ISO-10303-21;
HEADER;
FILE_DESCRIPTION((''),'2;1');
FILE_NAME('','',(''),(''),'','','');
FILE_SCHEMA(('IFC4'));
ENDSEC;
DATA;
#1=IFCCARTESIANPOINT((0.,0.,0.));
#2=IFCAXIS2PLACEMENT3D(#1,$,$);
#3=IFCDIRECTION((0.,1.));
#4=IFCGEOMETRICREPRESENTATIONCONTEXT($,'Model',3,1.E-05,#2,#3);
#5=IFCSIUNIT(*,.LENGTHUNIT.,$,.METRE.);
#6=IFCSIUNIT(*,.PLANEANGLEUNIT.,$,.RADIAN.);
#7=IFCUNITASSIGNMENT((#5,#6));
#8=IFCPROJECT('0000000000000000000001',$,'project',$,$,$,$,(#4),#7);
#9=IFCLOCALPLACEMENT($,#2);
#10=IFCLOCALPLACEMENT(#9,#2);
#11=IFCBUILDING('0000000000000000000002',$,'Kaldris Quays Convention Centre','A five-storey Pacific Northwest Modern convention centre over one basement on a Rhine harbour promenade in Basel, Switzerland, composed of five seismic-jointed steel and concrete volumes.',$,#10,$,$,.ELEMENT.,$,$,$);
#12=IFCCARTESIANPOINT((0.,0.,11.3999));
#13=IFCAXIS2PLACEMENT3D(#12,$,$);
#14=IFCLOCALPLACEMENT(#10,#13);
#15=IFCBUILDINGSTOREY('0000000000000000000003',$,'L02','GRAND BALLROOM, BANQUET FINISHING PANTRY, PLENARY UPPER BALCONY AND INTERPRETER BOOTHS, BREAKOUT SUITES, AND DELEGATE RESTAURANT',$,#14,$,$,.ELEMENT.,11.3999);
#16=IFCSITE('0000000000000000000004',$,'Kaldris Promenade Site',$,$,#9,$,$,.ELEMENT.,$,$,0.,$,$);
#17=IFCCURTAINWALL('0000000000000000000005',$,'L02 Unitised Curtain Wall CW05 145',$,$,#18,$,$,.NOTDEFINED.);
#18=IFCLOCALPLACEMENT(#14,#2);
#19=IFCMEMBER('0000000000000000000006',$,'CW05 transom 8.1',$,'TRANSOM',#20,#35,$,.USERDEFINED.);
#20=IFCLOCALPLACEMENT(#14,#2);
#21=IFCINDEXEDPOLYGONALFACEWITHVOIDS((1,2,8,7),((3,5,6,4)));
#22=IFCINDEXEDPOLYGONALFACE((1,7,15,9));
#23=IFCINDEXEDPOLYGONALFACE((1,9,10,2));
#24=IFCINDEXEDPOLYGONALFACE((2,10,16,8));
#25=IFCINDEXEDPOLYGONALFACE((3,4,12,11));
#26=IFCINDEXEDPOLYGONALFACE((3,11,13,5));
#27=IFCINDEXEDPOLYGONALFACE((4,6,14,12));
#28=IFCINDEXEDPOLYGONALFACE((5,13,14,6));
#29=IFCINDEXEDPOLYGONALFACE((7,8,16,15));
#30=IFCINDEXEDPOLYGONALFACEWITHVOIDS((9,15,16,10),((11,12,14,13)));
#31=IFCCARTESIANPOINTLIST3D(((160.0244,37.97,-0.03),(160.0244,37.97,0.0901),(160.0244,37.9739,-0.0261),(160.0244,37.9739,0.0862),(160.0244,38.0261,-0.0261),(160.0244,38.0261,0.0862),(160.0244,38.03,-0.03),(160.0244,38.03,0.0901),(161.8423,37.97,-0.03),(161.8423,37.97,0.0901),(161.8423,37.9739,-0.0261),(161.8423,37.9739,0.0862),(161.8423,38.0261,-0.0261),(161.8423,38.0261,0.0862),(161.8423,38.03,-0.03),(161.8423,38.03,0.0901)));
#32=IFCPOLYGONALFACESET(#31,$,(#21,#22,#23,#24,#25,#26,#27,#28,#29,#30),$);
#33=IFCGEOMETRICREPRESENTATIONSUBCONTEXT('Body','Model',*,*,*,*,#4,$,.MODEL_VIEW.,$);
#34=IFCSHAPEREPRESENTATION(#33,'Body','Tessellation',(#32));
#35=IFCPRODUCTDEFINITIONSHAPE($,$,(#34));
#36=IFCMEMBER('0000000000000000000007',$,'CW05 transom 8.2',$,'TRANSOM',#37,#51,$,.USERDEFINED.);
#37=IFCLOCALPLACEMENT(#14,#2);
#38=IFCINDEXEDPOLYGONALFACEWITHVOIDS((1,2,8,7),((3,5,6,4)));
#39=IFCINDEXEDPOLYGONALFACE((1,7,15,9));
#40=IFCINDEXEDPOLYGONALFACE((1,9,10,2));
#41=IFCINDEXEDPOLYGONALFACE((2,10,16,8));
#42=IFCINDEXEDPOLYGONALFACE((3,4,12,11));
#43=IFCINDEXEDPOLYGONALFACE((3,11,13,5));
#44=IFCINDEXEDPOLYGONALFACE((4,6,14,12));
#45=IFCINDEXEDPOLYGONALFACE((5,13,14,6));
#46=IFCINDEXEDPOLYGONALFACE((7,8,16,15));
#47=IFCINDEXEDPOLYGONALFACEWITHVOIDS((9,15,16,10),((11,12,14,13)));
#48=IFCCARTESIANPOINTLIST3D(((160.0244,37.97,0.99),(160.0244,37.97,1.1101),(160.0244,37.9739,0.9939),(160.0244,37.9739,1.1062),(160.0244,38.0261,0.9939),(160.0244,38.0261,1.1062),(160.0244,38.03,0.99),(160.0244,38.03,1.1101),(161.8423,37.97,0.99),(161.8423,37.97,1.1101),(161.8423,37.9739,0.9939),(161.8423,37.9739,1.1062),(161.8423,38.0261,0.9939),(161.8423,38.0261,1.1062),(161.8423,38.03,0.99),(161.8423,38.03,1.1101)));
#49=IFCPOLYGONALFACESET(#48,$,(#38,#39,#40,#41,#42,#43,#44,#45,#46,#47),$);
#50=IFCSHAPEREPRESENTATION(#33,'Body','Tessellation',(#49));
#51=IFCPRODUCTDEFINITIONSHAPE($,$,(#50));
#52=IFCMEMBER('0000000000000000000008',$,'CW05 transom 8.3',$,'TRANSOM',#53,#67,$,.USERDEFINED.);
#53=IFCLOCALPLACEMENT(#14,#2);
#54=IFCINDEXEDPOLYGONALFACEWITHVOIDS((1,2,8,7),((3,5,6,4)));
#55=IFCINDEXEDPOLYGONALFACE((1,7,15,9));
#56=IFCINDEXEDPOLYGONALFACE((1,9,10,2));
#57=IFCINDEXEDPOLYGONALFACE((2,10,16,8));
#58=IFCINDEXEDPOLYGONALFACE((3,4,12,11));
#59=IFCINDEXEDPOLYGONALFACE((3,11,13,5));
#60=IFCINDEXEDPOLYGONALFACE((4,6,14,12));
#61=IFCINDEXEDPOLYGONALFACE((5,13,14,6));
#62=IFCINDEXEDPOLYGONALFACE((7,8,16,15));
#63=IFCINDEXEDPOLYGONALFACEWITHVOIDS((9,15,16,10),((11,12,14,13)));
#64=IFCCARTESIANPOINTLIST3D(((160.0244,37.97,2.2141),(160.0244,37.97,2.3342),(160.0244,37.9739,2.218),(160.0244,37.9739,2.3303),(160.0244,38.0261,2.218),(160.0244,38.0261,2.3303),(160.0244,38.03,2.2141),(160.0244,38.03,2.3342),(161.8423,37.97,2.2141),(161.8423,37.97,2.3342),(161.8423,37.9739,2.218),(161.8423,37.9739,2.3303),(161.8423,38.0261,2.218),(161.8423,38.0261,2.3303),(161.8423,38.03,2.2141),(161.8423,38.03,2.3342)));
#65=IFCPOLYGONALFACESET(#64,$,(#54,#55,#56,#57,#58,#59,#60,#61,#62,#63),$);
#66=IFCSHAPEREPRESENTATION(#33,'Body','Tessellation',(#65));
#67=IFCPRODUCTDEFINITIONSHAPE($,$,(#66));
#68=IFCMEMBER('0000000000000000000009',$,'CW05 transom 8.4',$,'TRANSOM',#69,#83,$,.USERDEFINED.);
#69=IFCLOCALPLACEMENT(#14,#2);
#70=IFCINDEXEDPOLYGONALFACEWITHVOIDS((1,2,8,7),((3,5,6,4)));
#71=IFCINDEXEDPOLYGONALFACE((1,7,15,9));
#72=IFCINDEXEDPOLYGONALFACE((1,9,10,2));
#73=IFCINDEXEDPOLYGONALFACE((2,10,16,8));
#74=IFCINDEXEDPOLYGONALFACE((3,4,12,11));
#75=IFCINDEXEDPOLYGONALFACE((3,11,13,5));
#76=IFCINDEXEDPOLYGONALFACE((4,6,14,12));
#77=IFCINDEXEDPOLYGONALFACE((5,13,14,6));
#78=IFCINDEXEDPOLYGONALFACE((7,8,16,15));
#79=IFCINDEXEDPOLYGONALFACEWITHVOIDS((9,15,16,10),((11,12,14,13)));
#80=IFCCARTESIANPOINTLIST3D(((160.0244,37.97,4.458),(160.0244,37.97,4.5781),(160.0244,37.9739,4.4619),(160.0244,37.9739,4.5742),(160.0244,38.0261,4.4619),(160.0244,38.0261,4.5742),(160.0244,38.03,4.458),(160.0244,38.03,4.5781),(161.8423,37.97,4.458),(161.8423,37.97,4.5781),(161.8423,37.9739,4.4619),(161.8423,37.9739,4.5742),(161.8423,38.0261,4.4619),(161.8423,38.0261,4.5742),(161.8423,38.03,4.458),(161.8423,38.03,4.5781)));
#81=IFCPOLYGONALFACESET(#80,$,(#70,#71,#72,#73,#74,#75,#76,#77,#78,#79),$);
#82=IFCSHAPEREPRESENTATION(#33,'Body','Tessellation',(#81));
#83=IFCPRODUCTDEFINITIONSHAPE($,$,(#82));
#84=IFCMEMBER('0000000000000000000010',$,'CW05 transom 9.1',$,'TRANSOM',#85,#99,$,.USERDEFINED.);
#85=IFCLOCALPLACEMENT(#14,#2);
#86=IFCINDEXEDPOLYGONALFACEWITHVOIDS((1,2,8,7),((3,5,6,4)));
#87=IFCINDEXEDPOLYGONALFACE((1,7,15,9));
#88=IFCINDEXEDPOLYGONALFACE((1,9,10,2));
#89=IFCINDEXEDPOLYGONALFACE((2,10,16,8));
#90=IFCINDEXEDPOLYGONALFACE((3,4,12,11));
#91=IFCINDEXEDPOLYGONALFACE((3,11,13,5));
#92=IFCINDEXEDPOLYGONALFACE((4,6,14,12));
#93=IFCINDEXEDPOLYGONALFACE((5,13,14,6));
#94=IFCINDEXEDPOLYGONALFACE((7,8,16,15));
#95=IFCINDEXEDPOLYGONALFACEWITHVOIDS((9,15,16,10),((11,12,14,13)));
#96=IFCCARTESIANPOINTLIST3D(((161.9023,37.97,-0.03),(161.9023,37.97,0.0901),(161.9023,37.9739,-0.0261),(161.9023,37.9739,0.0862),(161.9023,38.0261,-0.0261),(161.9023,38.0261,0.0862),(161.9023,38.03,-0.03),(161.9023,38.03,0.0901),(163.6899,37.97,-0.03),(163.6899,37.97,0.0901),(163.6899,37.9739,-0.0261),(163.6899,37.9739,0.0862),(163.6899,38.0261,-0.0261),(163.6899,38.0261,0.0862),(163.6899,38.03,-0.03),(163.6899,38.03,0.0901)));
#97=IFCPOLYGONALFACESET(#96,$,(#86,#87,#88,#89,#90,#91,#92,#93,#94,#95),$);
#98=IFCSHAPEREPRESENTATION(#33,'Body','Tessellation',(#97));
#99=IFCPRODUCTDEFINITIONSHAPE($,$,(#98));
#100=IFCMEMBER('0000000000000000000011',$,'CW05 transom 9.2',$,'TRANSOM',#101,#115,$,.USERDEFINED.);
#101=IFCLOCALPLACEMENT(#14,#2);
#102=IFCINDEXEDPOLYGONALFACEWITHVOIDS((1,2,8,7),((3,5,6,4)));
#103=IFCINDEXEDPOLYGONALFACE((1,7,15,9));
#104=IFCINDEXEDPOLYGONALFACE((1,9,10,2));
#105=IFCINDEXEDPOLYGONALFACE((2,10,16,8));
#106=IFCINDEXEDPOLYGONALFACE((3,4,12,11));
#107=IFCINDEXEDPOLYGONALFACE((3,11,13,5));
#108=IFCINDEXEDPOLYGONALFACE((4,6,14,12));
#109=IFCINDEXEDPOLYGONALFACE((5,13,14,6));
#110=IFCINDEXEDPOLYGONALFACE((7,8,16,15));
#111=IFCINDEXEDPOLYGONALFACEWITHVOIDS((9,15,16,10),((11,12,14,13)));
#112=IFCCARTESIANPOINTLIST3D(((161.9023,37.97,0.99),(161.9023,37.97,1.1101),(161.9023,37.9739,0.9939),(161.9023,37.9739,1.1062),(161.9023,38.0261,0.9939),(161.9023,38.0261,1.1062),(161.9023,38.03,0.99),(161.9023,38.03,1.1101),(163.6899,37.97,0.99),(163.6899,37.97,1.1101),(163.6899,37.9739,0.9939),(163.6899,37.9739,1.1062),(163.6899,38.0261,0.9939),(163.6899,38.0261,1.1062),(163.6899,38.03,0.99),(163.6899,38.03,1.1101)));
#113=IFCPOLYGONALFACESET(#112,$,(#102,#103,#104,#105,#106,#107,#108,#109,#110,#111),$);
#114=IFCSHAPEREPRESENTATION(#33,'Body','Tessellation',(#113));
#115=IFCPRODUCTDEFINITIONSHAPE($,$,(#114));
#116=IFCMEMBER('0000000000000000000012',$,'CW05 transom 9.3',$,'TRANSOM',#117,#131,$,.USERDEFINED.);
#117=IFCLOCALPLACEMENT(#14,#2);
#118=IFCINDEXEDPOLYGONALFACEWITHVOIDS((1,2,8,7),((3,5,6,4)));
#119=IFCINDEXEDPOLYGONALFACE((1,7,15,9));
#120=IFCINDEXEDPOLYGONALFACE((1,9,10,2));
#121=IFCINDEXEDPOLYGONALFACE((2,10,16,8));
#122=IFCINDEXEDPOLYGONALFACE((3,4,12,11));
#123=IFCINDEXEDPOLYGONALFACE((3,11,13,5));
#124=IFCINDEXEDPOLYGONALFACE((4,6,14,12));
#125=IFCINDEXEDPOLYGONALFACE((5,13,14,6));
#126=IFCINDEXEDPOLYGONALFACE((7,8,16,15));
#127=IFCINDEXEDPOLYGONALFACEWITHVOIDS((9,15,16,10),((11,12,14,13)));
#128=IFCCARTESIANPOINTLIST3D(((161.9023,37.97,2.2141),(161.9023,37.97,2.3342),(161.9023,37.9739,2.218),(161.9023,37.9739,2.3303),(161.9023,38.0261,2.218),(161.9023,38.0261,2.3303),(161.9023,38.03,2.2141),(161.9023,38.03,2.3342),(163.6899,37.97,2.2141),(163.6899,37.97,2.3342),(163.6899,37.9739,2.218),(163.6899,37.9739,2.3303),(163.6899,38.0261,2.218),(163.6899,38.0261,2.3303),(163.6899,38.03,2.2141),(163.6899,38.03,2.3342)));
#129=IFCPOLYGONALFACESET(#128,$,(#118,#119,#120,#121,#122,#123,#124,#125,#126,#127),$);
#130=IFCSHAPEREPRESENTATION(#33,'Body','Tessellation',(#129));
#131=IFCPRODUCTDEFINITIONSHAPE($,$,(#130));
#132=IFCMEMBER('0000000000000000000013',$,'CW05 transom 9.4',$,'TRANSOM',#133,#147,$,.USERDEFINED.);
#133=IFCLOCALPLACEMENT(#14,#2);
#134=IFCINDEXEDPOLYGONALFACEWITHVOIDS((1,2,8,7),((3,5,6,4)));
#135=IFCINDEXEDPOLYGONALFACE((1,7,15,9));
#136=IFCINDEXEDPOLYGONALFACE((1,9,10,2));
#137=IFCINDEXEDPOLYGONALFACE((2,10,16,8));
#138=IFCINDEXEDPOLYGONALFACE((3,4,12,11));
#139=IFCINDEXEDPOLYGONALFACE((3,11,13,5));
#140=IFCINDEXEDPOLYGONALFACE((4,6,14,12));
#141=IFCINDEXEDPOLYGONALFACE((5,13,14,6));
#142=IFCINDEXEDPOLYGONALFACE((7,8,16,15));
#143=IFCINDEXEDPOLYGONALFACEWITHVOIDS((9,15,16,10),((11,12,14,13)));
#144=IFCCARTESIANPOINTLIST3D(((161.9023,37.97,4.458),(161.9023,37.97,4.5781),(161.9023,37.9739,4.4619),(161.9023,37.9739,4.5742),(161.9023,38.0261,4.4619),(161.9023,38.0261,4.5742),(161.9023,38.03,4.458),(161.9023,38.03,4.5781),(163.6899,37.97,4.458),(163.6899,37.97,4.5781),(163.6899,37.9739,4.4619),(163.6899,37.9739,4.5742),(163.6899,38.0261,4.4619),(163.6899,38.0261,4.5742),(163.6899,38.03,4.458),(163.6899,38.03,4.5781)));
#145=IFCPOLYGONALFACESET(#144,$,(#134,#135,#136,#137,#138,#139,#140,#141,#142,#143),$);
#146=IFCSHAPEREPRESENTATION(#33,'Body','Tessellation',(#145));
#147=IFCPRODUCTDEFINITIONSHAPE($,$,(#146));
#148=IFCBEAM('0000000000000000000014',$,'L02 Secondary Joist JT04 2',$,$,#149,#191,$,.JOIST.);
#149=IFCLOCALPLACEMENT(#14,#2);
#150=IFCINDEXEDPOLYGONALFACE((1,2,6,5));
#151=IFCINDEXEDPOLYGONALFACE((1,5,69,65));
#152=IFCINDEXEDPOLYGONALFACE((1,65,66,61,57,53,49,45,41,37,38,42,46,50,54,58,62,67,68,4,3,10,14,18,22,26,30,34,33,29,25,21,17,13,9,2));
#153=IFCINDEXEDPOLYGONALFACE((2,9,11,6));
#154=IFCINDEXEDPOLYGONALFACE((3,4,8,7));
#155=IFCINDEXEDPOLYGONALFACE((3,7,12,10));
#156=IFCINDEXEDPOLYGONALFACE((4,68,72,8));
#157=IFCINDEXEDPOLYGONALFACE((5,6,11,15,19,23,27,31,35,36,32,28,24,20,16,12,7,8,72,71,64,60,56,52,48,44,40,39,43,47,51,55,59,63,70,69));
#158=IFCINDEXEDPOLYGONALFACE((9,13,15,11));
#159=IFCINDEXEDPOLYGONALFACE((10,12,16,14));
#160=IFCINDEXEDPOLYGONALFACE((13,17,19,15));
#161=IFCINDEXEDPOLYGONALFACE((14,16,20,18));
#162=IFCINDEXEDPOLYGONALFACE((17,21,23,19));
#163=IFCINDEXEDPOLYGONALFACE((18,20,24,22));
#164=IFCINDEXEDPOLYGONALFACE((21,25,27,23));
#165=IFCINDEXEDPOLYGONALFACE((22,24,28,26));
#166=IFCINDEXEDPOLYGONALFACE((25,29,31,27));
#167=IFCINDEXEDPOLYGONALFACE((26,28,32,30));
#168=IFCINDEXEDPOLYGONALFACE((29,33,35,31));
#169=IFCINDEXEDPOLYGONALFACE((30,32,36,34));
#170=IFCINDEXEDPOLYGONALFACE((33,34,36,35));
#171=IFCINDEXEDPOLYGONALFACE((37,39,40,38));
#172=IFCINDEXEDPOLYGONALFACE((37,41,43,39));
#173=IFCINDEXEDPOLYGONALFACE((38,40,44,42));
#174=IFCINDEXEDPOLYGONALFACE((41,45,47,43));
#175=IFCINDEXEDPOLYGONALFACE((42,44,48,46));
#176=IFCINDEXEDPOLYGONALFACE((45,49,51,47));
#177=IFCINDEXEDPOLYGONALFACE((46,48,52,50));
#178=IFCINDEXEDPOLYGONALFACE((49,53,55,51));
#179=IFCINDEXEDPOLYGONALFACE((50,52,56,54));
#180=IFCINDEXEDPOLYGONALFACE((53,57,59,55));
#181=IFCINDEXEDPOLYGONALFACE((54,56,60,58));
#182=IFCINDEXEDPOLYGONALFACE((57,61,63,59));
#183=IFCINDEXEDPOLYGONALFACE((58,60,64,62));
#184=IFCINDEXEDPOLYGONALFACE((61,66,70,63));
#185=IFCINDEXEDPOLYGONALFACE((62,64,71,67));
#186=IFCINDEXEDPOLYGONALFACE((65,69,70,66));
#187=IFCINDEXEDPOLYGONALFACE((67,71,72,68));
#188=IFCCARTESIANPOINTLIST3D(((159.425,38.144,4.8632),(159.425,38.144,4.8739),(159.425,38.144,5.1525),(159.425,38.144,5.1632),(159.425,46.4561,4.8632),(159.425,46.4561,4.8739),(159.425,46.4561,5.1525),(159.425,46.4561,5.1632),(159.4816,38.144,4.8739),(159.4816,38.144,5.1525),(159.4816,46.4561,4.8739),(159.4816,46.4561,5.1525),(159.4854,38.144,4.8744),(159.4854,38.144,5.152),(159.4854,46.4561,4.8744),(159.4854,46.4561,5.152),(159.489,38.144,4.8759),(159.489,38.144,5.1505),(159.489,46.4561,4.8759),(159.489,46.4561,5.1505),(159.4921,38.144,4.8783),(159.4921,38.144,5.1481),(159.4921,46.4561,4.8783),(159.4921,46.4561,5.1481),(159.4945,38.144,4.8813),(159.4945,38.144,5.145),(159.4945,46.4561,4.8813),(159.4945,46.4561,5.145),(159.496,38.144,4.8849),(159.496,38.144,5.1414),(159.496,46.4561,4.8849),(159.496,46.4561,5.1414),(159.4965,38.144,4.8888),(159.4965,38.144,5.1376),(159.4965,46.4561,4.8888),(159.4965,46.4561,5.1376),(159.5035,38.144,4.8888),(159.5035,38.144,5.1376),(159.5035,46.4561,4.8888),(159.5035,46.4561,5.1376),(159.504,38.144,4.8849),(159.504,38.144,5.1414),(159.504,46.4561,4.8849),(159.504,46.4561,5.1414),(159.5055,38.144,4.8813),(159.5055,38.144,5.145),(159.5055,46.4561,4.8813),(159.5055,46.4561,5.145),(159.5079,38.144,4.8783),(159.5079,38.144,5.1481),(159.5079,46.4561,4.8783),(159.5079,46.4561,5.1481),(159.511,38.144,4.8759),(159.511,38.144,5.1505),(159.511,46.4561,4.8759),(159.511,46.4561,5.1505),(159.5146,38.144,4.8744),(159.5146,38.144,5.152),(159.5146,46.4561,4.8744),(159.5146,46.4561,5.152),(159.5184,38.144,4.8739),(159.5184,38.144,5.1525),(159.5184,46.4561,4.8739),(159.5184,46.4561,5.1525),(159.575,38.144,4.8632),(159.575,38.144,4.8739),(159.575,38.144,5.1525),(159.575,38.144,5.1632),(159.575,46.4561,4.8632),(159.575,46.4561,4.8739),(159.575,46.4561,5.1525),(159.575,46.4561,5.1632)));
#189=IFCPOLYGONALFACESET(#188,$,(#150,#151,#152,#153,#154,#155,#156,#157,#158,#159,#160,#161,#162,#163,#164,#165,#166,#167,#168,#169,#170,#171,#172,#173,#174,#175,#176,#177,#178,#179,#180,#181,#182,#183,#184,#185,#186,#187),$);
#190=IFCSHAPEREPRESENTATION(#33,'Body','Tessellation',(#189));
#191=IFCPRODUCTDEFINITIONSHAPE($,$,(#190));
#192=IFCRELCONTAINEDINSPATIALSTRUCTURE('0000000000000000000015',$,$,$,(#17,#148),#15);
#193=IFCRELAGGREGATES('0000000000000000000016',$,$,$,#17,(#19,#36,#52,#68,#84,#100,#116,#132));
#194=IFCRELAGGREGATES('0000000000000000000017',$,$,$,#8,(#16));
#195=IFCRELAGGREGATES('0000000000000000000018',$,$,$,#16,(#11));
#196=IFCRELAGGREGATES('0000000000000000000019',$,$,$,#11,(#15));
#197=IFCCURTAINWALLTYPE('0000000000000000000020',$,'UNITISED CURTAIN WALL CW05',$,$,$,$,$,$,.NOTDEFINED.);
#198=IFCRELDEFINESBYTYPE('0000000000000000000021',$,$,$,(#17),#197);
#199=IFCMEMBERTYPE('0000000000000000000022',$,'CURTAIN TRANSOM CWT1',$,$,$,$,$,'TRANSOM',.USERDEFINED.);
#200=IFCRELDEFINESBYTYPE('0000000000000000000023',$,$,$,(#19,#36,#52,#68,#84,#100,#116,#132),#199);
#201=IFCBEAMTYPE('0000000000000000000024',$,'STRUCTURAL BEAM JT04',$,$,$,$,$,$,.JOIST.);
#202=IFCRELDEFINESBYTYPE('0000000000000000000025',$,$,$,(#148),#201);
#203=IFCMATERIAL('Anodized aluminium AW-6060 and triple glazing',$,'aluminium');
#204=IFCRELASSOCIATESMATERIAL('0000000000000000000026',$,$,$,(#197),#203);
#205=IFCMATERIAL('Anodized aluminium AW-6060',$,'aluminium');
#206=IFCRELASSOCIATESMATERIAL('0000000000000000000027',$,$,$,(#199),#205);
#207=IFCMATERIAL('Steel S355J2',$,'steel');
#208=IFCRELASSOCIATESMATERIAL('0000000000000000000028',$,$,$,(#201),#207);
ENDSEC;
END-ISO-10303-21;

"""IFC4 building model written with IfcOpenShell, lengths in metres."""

from ifc_helpers import new_model, si_unit, direction, frame, origin, origin_2d, place, context, subcontext, project, spatial, hollow_rectangle, i_section, extrude, material, material_profile, profile_set, type_object, element, aggregate, save


model = new_model("IFC4")

# Units and contexts
model_context = context("Model", 3, precision=1e-05, world=origin(), true_north=direction((0.0, 1.0)))
body_context = subcontext(model_context, "Body", "Model", "MODEL_VIEW")
ifc_project = project(units=[si_unit("LENGTHUNIT", "METRE"), si_unit("PLANEANGLEUNIT", "RADIAN")], contexts=[model_context])

# Site, building, storey
site_placement = place(None, origin())
site = spatial("IfcSite", under=ifc_project, at=site_placement, Name="Kaldris Promenade Site", CompositionType="ELEMENT", RefElevation=0.0)
building_placement = place(site_placement, origin())
building = spatial("IfcBuilding", under=site, at=building_placement, Name="Kaldris Quays Convention Centre", Description="A five-storey Pacific Northwest Modern convention centre over one basement on a Rhine harbour promenade in Basel, Switzerland, composed of five seismic-jointed steel and concrete volumes.", CompositionType="ELEMENT")
storey_placement = place(building_placement, frame((0.0, 0.0, 11.3999)))
storey = spatial("IfcBuildingStorey", under=building, at=storey_placement, Name="L02", Description="GRAND BALLROOM, BANQUET FINISHING PANTRY, PLENARY UPPER BALCONY AND INTERPRETER BOOTHS, BREAKOUT SUITES, AND DELEGATE RESTAURANT", CompositionType="ELEMENT", Elevation=11.3999)

# Curtain wall, members
ifc_material_1 = material(Name="Anodized aluminium AW-6060 and triple glazing", Category="aluminium")
curtain_wall_type = type_object("IfcCurtainWallType", Name="UNITISED CURTAIN WALL CW05", PredefinedType="NOTDEFINED", material=ifc_material_1)
curtain_wall_placement = place(storey_placement, origin())
curtain_wall = element("IfcCurtainWall", 1, at=curtain_wall_placement, inside=storey, type_object=curtain_wall_type, Name="L02 Unitised Curtain Wall CW05 145", PredefinedType="NOTDEFINED")
ifc_material_2 = material(Name="Anodized aluminium AW-6060", Category="aluminium")
ifc_material_profile_1 = material_profile(ifc_material_2, hollow_rectangle(XDim=0.0601, YDim=0.1201, WallThickness=0.0039, at=origin_2d()), Name="RHS 120x60x4")
ifc_profile_set_1 = profile_set([ifc_material_profile_1], Name="Anodized aluminium AW-6060")
member_type_1 = type_object("IfcMemberType", Name="CURTAIN TRANSOM CWT1", ElementType="TRANSOM", PredefinedType="USERDEFINED", material=ifc_profile_set_1)
member_1_placement = place(storey_placement, frame((160.0244, 38.0, 0.03), z_axis=(1.0, 0.0, 0.0), x_axis=(0.0, 1.0, 0.0)))
member_1 = element("IfcMember", 2, at=member_1_placement, type_object=member_type_1, Name="CW05 transom 8.1", ObjectType="TRANSOM", PredefinedType="USERDEFINED", context=body_context, shape_type="SweptSolid", body=[
    extrude(hollow_rectangle(XDim=0.0601, YDim=0.1201, WallThickness=0.0039, at=origin_2d()), origin(), (0.0, 0.0, 1.0), 1.8179),
])
member_2_placement = place(storey_placement, frame((160.0244, 38.0, 1.05), z_axis=(1.0, 0.0, 0.0), x_axis=(0.0, 1.0, 0.0)))
member_2 = element("IfcMember", 3, at=member_2_placement, type_object=member_type_1, Name="CW05 transom 8.2", ObjectType="TRANSOM", PredefinedType="USERDEFINED", context=body_context, shape_type="SweptSolid", body=[
    extrude(hollow_rectangle(XDim=0.0601, YDim=0.1201, WallThickness=0.0039, at=origin_2d()), origin(), (0.0, 0.0, 1.0), 1.8179),
])
member_3_placement = place(storey_placement, frame((160.0244, 38.0, 2.2742), z_axis=(1.0, 0.0, 0.0), x_axis=(0.0, 1.0, 0.0)))
member_3 = element("IfcMember", 4, at=member_3_placement, type_object=member_type_1, Name="CW05 transom 8.3", ObjectType="TRANSOM", PredefinedType="USERDEFINED", context=body_context, shape_type="SweptSolid", body=[
    extrude(hollow_rectangle(XDim=0.0601, YDim=0.1201, WallThickness=0.0039, at=origin_2d()), origin(), (0.0, 0.0, 1.0), 1.8179),
])
member_4_placement = place(storey_placement, frame((160.0244, 38.0, 4.5181), z_axis=(1.0, 0.0, 0.0), x_axis=(0.0, 1.0, 0.0)))
member_4 = element("IfcMember", 5, at=member_4_placement, type_object=member_type_1, Name="CW05 transom 8.4", ObjectType="TRANSOM", PredefinedType="USERDEFINED", context=body_context, shape_type="SweptSolid", body=[
    extrude(hollow_rectangle(XDim=0.0601, YDim=0.1201, WallThickness=0.0039, at=origin_2d()), origin(), (0.0, 0.0, 1.0), 1.8179),
])
member_5_placement = place(storey_placement, frame((161.9023, 38.0, 0.03), z_axis=(1.0, 0.0, 0.0), x_axis=(0.0, 1.0, 0.0)))
member_5 = element("IfcMember", 6, at=member_5_placement, type_object=member_type_1, Name="CW05 transom 9.1", ObjectType="TRANSOM", PredefinedType="USERDEFINED", context=body_context, shape_type="SweptSolid", body=[
    extrude(hollow_rectangle(XDim=0.0601, YDim=0.1201, WallThickness=0.0039, at=origin_2d()), origin(), (0.0, 0.0, 1.0), 1.7876),
])
member_6_placement = place(storey_placement, frame((161.9023, 38.0, 1.05), z_axis=(1.0, 0.0, 0.0), x_axis=(0.0, 1.0, 0.0)))
member_6 = element("IfcMember", 7, at=member_6_placement, type_object=member_type_1, Name="CW05 transom 9.2", ObjectType="TRANSOM", PredefinedType="USERDEFINED", context=body_context, shape_type="SweptSolid", body=[
    extrude(hollow_rectangle(XDim=0.0601, YDim=0.1201, WallThickness=0.0039, at=origin_2d()), origin(), (0.0, 0.0, 1.0), 1.7876),
])
member_7_placement = place(storey_placement, frame((161.9023, 38.0, 2.2742), z_axis=(1.0, 0.0, 0.0), x_axis=(0.0, 1.0, 0.0)))
member_7 = element("IfcMember", 8, at=member_7_placement, type_object=member_type_1, Name="CW05 transom 9.3", ObjectType="TRANSOM", PredefinedType="USERDEFINED", context=body_context, shape_type="SweptSolid", body=[
    extrude(hollow_rectangle(XDim=0.0601, YDim=0.1201, WallThickness=0.0039, at=origin_2d()), origin(), (0.0, 0.0, 1.0), 1.7876),
])
member_8_placement = place(storey_placement, frame((161.9023, 38.0, 4.5181), z_axis=(1.0, 0.0, 0.0), x_axis=(0.0, 1.0, 0.0)))
member_8 = element("IfcMember", 9, at=member_8_placement, type_object=member_type_1, Name="CW05 transom 9.4", ObjectType="TRANSOM", PredefinedType="USERDEFINED", context=body_context, shape_type="SweptSolid", body=[
    extrude(hollow_rectangle(XDim=0.0601, YDim=0.1201, WallThickness=0.0039, at=origin_2d()), origin(), (0.0, 0.0, 1.0), 1.7876),
])

# Beam
ifc_material_3 = material(Name="Steel S355J2", Category="steel")
ifc_material_profile_2 = material_profile(ifc_material_3, i_section(OverallWidth=0.1499, OverallDepth=0.3, WebThickness=0.0071, FlangeThickness=0.0107, FilletRadius=0.0149, at=origin_2d()), Name="IPE 300")
ifc_profile_set_2 = profile_set([ifc_material_profile_2], Name="Steel S355J2")
beam_type = type_object("IfcBeamType", Name="STRUCTURAL BEAM JT04", PredefinedType="JOIST", material=ifc_profile_set_2)
beam_1_placement = place(storey_placement, frame((159.5, 38.144, 5.0132), z_axis=(0.0, 1.0, 0.0), x_axis=(-1.0, 0.0, 0.0)))
element("IfcBeam", 10, at=beam_1_placement, inside=storey, type_object=beam_type, Name="L02 Secondary Joist JT04 2", PredefinedType="JOIST", context=body_context, shape_type="SweptSolid", body=[
    extrude(i_section(OverallWidth=0.1499, OverallDepth=0.3, WebThickness=0.0071, FlangeThickness=0.0107, FilletRadius=0.0149, at=origin_2d()), origin(), (0.0, 0.0, 1.0), 8.312),
])

aggregate(curtain_wall, [member_1, member_2, member_3, member_4, member_5, member_6, member_7, member_8])

save(model, "model.ifc")
